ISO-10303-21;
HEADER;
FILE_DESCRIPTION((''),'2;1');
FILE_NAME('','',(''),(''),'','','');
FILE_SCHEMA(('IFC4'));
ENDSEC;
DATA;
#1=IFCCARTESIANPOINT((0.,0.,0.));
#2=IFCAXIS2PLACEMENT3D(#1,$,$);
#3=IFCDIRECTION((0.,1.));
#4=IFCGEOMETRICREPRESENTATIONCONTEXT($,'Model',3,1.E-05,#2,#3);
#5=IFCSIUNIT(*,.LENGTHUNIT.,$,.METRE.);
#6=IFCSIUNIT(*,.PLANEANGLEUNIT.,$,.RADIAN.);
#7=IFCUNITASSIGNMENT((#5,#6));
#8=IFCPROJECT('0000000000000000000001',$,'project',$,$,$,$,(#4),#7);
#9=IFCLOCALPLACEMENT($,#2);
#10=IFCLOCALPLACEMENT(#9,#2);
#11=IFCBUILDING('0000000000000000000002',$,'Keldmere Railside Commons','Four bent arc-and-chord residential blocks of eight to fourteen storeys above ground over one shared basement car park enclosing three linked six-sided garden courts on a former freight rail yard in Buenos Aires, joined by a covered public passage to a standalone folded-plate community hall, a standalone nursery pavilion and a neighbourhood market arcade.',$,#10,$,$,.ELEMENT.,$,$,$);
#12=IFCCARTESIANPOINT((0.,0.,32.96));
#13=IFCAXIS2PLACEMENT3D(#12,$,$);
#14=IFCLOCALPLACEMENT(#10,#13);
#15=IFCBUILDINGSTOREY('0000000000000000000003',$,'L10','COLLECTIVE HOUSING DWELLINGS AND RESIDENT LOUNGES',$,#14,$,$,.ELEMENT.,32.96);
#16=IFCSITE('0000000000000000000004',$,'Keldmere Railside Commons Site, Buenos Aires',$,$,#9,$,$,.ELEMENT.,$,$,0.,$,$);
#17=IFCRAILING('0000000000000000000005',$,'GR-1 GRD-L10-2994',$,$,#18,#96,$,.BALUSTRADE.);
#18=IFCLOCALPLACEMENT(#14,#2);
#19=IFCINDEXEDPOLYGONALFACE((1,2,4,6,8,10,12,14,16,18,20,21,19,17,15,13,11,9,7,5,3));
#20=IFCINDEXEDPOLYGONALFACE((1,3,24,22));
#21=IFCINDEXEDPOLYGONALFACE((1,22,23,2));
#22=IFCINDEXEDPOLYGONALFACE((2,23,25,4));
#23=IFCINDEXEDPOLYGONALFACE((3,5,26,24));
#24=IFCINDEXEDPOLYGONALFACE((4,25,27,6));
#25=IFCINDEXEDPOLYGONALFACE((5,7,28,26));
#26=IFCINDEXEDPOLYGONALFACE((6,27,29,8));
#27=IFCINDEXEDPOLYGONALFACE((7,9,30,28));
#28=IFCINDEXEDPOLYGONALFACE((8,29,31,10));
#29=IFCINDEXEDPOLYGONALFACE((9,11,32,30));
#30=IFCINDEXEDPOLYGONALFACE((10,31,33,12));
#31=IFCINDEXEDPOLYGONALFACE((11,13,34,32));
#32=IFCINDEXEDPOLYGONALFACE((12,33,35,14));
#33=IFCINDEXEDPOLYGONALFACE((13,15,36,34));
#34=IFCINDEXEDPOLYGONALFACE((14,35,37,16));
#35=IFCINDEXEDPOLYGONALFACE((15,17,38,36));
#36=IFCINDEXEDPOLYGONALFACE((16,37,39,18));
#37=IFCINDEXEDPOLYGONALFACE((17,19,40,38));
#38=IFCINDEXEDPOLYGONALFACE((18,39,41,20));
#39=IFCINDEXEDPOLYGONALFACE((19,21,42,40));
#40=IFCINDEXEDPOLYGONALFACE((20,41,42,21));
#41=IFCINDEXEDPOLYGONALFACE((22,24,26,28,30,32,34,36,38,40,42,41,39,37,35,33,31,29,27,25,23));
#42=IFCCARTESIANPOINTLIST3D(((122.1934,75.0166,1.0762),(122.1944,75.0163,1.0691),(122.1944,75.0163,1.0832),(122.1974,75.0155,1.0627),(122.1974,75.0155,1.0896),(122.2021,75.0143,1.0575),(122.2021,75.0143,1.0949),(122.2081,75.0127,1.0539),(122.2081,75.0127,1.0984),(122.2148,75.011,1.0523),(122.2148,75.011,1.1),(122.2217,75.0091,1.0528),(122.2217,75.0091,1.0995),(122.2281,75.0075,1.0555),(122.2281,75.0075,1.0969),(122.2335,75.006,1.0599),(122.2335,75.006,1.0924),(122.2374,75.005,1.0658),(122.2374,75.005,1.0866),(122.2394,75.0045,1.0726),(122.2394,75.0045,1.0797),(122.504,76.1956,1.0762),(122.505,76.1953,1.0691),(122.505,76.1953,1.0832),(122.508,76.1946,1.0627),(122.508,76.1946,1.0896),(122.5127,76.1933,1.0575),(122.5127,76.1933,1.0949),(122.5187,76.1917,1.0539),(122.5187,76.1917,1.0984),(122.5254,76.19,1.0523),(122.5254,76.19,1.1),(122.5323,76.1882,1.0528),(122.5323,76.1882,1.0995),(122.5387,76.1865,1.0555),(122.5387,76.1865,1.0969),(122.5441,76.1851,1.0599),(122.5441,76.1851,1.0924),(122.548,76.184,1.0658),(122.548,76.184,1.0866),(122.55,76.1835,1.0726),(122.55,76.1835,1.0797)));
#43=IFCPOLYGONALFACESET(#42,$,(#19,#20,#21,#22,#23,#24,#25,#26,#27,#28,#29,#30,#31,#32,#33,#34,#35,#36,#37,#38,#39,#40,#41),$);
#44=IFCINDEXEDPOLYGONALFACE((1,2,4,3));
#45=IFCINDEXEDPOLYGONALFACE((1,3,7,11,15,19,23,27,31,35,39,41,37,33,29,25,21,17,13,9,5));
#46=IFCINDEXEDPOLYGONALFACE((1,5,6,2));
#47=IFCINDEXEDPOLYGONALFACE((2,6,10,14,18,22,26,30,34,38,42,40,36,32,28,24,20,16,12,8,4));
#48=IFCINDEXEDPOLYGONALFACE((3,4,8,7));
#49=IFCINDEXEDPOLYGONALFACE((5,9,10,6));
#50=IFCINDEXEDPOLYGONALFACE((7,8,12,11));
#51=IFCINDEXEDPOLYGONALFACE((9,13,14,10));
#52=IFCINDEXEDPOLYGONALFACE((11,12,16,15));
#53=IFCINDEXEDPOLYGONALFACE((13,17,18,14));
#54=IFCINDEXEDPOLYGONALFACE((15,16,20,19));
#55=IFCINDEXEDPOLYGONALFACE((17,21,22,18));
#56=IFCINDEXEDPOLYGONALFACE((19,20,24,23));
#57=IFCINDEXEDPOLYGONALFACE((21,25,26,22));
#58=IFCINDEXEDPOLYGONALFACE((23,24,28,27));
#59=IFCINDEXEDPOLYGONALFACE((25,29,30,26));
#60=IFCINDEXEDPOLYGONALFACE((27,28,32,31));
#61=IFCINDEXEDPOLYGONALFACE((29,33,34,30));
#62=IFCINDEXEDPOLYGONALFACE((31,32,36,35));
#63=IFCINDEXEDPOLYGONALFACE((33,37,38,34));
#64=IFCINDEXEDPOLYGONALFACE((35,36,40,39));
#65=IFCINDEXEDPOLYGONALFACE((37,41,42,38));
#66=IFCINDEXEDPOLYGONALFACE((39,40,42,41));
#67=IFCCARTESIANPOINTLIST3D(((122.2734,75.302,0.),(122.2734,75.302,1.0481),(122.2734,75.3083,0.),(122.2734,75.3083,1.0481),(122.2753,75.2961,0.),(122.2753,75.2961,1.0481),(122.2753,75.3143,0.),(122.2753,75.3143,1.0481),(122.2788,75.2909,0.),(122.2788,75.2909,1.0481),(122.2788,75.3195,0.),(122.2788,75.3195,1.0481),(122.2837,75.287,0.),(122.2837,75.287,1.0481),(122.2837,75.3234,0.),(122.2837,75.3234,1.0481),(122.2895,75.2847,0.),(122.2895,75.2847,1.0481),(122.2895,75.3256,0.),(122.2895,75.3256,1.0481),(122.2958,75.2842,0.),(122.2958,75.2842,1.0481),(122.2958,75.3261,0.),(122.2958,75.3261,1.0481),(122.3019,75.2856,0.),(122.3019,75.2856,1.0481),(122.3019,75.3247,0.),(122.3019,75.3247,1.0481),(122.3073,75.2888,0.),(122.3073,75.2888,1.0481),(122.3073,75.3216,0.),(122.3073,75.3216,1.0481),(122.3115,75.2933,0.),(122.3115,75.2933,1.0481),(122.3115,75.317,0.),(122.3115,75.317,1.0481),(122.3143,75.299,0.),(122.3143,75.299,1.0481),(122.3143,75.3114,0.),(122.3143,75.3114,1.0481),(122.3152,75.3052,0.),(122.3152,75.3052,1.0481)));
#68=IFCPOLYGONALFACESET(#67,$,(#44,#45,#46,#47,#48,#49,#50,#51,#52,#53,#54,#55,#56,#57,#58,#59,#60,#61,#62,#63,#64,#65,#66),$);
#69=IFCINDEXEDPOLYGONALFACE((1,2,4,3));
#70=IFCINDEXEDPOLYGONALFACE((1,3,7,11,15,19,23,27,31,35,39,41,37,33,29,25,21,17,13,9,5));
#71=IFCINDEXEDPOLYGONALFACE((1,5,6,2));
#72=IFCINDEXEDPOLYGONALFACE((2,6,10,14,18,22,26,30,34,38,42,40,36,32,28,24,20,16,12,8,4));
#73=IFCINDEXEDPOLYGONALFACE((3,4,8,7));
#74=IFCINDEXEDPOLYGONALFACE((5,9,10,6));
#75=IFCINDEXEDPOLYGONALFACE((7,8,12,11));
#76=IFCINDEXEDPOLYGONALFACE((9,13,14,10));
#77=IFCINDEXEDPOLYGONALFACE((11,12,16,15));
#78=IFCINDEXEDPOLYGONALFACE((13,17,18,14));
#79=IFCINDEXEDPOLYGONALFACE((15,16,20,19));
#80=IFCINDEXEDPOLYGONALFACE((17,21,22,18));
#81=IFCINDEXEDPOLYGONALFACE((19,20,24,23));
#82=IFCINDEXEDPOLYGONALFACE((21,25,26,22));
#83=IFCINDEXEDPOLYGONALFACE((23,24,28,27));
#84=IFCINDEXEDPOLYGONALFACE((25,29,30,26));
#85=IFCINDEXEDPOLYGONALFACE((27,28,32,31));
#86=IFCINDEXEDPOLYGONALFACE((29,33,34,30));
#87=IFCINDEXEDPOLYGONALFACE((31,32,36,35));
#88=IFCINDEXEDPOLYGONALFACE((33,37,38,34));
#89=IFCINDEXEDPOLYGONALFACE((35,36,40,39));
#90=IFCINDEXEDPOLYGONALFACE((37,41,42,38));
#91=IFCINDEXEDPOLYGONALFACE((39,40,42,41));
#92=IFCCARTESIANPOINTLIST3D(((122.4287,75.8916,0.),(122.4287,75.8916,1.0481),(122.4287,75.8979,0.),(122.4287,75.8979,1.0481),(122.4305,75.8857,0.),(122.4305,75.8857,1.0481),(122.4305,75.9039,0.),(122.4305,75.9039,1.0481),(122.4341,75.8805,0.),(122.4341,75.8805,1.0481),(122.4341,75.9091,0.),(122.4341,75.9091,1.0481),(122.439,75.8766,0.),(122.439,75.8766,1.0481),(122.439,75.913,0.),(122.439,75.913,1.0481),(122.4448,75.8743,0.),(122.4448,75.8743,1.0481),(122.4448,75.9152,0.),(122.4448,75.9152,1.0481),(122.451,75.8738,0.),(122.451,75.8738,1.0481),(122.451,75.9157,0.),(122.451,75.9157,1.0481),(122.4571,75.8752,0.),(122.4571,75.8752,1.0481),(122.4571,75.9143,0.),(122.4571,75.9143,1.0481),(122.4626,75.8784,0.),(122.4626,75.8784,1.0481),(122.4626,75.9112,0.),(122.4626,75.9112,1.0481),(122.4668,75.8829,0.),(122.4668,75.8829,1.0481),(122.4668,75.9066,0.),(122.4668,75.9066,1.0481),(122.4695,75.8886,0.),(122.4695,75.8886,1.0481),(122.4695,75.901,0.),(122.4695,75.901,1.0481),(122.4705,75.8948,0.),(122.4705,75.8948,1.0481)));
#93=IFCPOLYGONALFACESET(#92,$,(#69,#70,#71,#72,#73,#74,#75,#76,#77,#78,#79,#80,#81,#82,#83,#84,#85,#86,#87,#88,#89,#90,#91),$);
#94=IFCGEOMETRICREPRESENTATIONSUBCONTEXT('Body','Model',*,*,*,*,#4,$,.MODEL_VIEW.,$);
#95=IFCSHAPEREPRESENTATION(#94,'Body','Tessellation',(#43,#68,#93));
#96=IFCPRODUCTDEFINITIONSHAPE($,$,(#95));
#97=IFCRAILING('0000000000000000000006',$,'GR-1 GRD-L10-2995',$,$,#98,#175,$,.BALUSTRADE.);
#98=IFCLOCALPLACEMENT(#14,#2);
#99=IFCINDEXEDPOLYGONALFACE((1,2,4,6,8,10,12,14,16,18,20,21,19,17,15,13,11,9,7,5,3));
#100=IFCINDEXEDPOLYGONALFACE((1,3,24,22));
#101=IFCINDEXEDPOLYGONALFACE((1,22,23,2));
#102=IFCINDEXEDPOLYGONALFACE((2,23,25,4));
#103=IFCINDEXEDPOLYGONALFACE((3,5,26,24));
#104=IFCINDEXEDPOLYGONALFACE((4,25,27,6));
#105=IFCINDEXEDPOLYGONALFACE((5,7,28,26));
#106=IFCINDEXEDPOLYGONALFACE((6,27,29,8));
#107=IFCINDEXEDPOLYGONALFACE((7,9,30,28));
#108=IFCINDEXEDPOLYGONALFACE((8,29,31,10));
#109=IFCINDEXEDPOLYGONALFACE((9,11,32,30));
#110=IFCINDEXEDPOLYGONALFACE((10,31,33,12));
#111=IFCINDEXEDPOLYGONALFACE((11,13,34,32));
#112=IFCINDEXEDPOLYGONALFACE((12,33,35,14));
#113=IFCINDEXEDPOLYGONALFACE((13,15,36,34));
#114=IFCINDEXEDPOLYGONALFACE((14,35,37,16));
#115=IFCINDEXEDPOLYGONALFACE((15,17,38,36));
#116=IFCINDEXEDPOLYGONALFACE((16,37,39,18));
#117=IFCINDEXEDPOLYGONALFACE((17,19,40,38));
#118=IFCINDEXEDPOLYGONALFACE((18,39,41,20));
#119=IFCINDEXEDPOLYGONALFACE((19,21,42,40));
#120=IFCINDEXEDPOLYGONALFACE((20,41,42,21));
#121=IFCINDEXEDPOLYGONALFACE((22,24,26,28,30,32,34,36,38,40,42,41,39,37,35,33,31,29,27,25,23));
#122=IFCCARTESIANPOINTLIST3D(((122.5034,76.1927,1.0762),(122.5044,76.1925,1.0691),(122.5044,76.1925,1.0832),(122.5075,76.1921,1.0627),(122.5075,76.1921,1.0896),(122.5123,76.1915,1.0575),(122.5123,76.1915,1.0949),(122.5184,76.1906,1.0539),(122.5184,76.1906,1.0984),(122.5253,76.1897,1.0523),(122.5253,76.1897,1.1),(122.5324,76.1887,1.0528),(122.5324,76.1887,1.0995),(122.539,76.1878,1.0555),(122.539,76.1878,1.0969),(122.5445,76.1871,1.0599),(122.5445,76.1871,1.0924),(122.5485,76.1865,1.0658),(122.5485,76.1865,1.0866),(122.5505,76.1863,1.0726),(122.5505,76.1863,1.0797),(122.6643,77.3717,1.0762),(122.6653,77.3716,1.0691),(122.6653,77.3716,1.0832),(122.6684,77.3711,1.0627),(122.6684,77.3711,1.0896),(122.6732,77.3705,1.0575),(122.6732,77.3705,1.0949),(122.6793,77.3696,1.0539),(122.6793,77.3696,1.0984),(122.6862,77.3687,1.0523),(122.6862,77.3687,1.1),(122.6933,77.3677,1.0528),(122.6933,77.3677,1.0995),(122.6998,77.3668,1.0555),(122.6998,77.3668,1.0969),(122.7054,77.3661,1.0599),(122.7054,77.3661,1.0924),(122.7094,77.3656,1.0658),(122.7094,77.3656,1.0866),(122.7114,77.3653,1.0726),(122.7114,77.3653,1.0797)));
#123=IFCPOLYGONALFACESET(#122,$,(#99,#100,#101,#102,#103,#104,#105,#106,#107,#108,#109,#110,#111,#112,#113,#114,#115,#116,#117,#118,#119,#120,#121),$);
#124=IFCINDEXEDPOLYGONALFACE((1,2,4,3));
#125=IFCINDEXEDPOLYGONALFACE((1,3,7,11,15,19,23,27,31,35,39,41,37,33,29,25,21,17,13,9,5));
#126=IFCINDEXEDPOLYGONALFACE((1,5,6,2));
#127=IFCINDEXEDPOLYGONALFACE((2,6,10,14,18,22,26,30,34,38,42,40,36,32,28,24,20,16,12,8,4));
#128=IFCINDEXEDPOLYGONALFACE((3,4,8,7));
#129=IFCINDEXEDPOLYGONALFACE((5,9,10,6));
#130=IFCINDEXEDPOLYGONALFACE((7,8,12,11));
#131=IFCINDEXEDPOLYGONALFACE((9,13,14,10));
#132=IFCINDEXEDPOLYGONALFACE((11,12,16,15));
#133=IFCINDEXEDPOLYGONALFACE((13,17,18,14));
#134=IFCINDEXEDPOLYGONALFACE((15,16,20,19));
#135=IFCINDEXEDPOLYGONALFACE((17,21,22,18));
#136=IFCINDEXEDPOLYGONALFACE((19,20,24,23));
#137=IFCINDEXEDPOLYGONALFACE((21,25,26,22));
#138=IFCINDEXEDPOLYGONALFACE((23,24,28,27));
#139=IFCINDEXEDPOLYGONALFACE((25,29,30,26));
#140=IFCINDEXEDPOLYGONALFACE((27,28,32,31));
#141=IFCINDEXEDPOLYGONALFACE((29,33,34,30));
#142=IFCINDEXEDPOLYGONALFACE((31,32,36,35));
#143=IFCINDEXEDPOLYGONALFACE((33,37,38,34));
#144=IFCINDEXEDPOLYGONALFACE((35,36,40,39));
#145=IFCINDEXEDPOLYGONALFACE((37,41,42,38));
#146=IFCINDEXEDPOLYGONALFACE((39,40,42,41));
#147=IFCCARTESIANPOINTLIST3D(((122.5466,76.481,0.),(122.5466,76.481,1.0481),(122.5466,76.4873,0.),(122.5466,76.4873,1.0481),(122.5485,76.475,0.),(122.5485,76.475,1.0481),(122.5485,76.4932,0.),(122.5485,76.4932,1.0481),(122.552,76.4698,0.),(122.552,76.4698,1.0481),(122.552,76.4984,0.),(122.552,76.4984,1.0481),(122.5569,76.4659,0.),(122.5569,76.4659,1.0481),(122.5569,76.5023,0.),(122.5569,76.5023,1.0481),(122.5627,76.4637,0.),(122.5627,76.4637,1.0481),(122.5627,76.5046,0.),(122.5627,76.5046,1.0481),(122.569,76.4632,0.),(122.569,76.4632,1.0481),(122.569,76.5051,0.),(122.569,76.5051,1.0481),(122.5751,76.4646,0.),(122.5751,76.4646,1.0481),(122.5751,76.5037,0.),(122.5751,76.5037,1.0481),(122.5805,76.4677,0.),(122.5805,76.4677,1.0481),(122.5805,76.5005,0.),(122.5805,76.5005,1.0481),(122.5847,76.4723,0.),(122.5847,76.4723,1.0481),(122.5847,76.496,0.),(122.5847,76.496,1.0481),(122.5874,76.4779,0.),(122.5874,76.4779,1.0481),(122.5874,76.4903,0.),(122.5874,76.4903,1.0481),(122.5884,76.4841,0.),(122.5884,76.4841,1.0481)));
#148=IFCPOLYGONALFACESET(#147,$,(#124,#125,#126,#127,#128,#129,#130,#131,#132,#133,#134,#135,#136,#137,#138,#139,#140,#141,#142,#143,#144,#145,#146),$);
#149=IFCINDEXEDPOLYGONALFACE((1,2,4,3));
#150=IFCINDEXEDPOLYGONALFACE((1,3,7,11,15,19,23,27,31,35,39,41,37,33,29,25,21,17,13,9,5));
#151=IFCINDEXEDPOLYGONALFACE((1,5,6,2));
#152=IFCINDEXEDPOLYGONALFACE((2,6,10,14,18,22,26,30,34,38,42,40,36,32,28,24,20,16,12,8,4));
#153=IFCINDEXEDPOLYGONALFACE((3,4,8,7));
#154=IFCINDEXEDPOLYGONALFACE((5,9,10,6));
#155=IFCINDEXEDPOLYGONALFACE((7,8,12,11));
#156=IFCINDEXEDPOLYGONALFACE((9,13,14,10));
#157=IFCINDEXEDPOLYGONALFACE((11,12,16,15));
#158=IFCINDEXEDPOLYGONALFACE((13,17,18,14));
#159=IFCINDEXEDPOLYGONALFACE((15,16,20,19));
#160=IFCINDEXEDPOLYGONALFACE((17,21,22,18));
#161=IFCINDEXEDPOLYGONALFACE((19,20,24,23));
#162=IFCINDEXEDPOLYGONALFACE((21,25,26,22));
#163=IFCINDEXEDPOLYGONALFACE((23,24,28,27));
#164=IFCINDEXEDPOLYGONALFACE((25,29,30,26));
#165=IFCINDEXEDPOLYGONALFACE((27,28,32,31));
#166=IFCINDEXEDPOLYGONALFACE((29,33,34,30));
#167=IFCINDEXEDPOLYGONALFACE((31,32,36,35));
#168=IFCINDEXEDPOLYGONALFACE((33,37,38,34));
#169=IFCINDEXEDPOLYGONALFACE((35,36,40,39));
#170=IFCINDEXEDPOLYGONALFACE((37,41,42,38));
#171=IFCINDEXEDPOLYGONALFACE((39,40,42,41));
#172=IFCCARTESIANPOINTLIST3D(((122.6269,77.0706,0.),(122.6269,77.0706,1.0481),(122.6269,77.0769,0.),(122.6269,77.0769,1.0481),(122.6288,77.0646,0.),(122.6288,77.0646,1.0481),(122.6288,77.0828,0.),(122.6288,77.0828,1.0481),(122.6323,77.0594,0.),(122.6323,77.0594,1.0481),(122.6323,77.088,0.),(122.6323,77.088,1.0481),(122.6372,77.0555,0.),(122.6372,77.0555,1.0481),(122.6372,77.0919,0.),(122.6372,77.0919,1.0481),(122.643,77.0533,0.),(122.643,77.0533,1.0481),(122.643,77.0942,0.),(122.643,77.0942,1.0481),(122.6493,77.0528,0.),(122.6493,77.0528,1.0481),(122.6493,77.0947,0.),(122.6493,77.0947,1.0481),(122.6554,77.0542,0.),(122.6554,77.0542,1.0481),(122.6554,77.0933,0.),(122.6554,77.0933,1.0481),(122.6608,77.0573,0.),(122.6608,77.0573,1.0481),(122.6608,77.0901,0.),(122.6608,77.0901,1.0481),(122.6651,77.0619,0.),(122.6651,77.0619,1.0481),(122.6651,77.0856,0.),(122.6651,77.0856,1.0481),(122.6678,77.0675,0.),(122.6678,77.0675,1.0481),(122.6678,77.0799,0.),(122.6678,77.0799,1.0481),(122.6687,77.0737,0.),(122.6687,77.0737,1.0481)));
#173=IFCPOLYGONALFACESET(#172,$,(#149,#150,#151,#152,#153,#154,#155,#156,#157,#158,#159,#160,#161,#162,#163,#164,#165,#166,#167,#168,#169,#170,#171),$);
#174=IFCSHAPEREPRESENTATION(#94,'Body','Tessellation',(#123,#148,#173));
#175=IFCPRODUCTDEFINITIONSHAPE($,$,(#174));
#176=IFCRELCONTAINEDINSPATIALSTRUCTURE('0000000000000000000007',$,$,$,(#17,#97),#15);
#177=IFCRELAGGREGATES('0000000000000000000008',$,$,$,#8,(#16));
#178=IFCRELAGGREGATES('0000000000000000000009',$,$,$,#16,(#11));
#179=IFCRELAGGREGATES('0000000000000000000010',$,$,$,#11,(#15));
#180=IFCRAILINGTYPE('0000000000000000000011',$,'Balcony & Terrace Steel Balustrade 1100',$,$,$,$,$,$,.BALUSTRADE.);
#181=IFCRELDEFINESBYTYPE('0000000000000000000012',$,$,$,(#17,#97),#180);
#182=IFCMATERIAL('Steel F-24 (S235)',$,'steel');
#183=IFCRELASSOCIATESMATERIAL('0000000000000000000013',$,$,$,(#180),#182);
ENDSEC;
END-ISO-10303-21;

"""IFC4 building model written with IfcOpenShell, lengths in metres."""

from ifc_helpers import new_model, si_unit, direction, frame, origin, origin_2d, place, context, subcontext, project, spatial, circle, extrude, material, type_object, element, save


model = new_model("IFC4")

# Units and contexts
model_context = context("Model", 3, precision=1e-05, world=origin(), true_north=direction((0.0, 1.0)))
body_context = subcontext(model_context, "Body", "Model", "MODEL_VIEW")
ifc_project = project(units=[si_unit("LENGTHUNIT", "METRE"), si_unit("PLANEANGLEUNIT", "RADIAN")], contexts=[model_context])

# Site, building, storey
site_placement = place(None, origin())
site = spatial("IfcSite", under=ifc_project, at=site_placement, Name="Keldmere Railside Commons Site, Buenos Aires", CompositionType="ELEMENT", RefElevation=0.0)
building_placement = place(site_placement, origin())
building = spatial("IfcBuilding", under=site, at=building_placement, Name="Keldmere Railside Commons", Description="Four bent arc-and-chord residential blocks of eight to fourteen storeys above ground over one shared basement car park enclosing three linked six-sided garden courts on a former freight rail yard in Buenos Aires, joined by a covered public passage to a standalone folded-plate community hall, a standalone nursery pavilion and a neighbourhood market arcade.", CompositionType="ELEMENT")
storey_placement = place(building_placement, frame((0.0, 0.0, 32.96)))
storey = spatial("IfcBuildingStorey", under=building, at=storey_placement, Name="L10", Description="COLLECTIVE HOUSING DWELLINGS AND RESIDENT LOUNGES", CompositionType="ELEMENT", Elevation=32.96)

# Railings
ifc_material_1 = material(Name="Steel F-24 (S235)", Category="steel")
railing_type = type_object("IfcRailingType", Name="Balcony & Terrace Steel Balustrade 1100", PredefinedType="BALUSTRADE", material=ifc_material_1)
railing_1_placement = place(storey_placement, frame((122.2166, 75.0105, 0.0)))
element("IfcRailing", 1, at=railing_1_placement, inside=storey, type_object=railing_type, Name="GR-1 GRD-L10-2994", PredefinedType="BALUSTRADE", context=body_context, shape_type="SweptSolid", body=[
    extrude(circle(Radius=0.0239, at=origin_2d()), frame((0.0, 0.0, 1.0762), z_axis=(0.25472, 0.967015, 0.0), x_axis=(-0.967015, 0.25472, 0.0)), (0.0, 0.0, 1.0), 1.2192),
    extrude(circle(Radius=0.021, at=origin_2d()), frame((0.0776, 0.2947, 0.0)), (0.0, 0.0, 1.0), 1.0481),
    extrude(circle(Radius=0.021, at=origin_2d()), frame((0.2329, 0.8843, 0.0)), (0.0, 0.0, 1.0), 1.0481),
])
railing_2_placement = place(storey_placement, frame((122.5271, 76.1895, 0.0)))
element("IfcRailing", 2, at=railing_2_placement, inside=storey, type_object=railing_type, Name="GR-1 GRD-L10-2995", PredefinedType="BALUSTRADE", context=body_context, shape_type="SweptSolid", body=[
    extrude(circle(Radius=0.0239, at=origin_2d()), frame((0.0, 0.0, 1.0762), z_axis=(0.135214, 0.990816, 0.0), x_axis=(-0.990816, 0.135214, 0.0)), (0.0, 0.0, 1.0), 1.1899),
    extrude(circle(Radius=0.021, at=origin_2d()), frame((0.0403, 0.2947, 0.0)), (0.0, 0.0, 1.0), 1.0481),
    extrude(circle(Radius=0.021, at=origin_2d()), frame((0.1206, 0.8843, 0.0)), (0.0, 0.0, 1.0), 1.0481),
])

save(model, "model.ifc")
